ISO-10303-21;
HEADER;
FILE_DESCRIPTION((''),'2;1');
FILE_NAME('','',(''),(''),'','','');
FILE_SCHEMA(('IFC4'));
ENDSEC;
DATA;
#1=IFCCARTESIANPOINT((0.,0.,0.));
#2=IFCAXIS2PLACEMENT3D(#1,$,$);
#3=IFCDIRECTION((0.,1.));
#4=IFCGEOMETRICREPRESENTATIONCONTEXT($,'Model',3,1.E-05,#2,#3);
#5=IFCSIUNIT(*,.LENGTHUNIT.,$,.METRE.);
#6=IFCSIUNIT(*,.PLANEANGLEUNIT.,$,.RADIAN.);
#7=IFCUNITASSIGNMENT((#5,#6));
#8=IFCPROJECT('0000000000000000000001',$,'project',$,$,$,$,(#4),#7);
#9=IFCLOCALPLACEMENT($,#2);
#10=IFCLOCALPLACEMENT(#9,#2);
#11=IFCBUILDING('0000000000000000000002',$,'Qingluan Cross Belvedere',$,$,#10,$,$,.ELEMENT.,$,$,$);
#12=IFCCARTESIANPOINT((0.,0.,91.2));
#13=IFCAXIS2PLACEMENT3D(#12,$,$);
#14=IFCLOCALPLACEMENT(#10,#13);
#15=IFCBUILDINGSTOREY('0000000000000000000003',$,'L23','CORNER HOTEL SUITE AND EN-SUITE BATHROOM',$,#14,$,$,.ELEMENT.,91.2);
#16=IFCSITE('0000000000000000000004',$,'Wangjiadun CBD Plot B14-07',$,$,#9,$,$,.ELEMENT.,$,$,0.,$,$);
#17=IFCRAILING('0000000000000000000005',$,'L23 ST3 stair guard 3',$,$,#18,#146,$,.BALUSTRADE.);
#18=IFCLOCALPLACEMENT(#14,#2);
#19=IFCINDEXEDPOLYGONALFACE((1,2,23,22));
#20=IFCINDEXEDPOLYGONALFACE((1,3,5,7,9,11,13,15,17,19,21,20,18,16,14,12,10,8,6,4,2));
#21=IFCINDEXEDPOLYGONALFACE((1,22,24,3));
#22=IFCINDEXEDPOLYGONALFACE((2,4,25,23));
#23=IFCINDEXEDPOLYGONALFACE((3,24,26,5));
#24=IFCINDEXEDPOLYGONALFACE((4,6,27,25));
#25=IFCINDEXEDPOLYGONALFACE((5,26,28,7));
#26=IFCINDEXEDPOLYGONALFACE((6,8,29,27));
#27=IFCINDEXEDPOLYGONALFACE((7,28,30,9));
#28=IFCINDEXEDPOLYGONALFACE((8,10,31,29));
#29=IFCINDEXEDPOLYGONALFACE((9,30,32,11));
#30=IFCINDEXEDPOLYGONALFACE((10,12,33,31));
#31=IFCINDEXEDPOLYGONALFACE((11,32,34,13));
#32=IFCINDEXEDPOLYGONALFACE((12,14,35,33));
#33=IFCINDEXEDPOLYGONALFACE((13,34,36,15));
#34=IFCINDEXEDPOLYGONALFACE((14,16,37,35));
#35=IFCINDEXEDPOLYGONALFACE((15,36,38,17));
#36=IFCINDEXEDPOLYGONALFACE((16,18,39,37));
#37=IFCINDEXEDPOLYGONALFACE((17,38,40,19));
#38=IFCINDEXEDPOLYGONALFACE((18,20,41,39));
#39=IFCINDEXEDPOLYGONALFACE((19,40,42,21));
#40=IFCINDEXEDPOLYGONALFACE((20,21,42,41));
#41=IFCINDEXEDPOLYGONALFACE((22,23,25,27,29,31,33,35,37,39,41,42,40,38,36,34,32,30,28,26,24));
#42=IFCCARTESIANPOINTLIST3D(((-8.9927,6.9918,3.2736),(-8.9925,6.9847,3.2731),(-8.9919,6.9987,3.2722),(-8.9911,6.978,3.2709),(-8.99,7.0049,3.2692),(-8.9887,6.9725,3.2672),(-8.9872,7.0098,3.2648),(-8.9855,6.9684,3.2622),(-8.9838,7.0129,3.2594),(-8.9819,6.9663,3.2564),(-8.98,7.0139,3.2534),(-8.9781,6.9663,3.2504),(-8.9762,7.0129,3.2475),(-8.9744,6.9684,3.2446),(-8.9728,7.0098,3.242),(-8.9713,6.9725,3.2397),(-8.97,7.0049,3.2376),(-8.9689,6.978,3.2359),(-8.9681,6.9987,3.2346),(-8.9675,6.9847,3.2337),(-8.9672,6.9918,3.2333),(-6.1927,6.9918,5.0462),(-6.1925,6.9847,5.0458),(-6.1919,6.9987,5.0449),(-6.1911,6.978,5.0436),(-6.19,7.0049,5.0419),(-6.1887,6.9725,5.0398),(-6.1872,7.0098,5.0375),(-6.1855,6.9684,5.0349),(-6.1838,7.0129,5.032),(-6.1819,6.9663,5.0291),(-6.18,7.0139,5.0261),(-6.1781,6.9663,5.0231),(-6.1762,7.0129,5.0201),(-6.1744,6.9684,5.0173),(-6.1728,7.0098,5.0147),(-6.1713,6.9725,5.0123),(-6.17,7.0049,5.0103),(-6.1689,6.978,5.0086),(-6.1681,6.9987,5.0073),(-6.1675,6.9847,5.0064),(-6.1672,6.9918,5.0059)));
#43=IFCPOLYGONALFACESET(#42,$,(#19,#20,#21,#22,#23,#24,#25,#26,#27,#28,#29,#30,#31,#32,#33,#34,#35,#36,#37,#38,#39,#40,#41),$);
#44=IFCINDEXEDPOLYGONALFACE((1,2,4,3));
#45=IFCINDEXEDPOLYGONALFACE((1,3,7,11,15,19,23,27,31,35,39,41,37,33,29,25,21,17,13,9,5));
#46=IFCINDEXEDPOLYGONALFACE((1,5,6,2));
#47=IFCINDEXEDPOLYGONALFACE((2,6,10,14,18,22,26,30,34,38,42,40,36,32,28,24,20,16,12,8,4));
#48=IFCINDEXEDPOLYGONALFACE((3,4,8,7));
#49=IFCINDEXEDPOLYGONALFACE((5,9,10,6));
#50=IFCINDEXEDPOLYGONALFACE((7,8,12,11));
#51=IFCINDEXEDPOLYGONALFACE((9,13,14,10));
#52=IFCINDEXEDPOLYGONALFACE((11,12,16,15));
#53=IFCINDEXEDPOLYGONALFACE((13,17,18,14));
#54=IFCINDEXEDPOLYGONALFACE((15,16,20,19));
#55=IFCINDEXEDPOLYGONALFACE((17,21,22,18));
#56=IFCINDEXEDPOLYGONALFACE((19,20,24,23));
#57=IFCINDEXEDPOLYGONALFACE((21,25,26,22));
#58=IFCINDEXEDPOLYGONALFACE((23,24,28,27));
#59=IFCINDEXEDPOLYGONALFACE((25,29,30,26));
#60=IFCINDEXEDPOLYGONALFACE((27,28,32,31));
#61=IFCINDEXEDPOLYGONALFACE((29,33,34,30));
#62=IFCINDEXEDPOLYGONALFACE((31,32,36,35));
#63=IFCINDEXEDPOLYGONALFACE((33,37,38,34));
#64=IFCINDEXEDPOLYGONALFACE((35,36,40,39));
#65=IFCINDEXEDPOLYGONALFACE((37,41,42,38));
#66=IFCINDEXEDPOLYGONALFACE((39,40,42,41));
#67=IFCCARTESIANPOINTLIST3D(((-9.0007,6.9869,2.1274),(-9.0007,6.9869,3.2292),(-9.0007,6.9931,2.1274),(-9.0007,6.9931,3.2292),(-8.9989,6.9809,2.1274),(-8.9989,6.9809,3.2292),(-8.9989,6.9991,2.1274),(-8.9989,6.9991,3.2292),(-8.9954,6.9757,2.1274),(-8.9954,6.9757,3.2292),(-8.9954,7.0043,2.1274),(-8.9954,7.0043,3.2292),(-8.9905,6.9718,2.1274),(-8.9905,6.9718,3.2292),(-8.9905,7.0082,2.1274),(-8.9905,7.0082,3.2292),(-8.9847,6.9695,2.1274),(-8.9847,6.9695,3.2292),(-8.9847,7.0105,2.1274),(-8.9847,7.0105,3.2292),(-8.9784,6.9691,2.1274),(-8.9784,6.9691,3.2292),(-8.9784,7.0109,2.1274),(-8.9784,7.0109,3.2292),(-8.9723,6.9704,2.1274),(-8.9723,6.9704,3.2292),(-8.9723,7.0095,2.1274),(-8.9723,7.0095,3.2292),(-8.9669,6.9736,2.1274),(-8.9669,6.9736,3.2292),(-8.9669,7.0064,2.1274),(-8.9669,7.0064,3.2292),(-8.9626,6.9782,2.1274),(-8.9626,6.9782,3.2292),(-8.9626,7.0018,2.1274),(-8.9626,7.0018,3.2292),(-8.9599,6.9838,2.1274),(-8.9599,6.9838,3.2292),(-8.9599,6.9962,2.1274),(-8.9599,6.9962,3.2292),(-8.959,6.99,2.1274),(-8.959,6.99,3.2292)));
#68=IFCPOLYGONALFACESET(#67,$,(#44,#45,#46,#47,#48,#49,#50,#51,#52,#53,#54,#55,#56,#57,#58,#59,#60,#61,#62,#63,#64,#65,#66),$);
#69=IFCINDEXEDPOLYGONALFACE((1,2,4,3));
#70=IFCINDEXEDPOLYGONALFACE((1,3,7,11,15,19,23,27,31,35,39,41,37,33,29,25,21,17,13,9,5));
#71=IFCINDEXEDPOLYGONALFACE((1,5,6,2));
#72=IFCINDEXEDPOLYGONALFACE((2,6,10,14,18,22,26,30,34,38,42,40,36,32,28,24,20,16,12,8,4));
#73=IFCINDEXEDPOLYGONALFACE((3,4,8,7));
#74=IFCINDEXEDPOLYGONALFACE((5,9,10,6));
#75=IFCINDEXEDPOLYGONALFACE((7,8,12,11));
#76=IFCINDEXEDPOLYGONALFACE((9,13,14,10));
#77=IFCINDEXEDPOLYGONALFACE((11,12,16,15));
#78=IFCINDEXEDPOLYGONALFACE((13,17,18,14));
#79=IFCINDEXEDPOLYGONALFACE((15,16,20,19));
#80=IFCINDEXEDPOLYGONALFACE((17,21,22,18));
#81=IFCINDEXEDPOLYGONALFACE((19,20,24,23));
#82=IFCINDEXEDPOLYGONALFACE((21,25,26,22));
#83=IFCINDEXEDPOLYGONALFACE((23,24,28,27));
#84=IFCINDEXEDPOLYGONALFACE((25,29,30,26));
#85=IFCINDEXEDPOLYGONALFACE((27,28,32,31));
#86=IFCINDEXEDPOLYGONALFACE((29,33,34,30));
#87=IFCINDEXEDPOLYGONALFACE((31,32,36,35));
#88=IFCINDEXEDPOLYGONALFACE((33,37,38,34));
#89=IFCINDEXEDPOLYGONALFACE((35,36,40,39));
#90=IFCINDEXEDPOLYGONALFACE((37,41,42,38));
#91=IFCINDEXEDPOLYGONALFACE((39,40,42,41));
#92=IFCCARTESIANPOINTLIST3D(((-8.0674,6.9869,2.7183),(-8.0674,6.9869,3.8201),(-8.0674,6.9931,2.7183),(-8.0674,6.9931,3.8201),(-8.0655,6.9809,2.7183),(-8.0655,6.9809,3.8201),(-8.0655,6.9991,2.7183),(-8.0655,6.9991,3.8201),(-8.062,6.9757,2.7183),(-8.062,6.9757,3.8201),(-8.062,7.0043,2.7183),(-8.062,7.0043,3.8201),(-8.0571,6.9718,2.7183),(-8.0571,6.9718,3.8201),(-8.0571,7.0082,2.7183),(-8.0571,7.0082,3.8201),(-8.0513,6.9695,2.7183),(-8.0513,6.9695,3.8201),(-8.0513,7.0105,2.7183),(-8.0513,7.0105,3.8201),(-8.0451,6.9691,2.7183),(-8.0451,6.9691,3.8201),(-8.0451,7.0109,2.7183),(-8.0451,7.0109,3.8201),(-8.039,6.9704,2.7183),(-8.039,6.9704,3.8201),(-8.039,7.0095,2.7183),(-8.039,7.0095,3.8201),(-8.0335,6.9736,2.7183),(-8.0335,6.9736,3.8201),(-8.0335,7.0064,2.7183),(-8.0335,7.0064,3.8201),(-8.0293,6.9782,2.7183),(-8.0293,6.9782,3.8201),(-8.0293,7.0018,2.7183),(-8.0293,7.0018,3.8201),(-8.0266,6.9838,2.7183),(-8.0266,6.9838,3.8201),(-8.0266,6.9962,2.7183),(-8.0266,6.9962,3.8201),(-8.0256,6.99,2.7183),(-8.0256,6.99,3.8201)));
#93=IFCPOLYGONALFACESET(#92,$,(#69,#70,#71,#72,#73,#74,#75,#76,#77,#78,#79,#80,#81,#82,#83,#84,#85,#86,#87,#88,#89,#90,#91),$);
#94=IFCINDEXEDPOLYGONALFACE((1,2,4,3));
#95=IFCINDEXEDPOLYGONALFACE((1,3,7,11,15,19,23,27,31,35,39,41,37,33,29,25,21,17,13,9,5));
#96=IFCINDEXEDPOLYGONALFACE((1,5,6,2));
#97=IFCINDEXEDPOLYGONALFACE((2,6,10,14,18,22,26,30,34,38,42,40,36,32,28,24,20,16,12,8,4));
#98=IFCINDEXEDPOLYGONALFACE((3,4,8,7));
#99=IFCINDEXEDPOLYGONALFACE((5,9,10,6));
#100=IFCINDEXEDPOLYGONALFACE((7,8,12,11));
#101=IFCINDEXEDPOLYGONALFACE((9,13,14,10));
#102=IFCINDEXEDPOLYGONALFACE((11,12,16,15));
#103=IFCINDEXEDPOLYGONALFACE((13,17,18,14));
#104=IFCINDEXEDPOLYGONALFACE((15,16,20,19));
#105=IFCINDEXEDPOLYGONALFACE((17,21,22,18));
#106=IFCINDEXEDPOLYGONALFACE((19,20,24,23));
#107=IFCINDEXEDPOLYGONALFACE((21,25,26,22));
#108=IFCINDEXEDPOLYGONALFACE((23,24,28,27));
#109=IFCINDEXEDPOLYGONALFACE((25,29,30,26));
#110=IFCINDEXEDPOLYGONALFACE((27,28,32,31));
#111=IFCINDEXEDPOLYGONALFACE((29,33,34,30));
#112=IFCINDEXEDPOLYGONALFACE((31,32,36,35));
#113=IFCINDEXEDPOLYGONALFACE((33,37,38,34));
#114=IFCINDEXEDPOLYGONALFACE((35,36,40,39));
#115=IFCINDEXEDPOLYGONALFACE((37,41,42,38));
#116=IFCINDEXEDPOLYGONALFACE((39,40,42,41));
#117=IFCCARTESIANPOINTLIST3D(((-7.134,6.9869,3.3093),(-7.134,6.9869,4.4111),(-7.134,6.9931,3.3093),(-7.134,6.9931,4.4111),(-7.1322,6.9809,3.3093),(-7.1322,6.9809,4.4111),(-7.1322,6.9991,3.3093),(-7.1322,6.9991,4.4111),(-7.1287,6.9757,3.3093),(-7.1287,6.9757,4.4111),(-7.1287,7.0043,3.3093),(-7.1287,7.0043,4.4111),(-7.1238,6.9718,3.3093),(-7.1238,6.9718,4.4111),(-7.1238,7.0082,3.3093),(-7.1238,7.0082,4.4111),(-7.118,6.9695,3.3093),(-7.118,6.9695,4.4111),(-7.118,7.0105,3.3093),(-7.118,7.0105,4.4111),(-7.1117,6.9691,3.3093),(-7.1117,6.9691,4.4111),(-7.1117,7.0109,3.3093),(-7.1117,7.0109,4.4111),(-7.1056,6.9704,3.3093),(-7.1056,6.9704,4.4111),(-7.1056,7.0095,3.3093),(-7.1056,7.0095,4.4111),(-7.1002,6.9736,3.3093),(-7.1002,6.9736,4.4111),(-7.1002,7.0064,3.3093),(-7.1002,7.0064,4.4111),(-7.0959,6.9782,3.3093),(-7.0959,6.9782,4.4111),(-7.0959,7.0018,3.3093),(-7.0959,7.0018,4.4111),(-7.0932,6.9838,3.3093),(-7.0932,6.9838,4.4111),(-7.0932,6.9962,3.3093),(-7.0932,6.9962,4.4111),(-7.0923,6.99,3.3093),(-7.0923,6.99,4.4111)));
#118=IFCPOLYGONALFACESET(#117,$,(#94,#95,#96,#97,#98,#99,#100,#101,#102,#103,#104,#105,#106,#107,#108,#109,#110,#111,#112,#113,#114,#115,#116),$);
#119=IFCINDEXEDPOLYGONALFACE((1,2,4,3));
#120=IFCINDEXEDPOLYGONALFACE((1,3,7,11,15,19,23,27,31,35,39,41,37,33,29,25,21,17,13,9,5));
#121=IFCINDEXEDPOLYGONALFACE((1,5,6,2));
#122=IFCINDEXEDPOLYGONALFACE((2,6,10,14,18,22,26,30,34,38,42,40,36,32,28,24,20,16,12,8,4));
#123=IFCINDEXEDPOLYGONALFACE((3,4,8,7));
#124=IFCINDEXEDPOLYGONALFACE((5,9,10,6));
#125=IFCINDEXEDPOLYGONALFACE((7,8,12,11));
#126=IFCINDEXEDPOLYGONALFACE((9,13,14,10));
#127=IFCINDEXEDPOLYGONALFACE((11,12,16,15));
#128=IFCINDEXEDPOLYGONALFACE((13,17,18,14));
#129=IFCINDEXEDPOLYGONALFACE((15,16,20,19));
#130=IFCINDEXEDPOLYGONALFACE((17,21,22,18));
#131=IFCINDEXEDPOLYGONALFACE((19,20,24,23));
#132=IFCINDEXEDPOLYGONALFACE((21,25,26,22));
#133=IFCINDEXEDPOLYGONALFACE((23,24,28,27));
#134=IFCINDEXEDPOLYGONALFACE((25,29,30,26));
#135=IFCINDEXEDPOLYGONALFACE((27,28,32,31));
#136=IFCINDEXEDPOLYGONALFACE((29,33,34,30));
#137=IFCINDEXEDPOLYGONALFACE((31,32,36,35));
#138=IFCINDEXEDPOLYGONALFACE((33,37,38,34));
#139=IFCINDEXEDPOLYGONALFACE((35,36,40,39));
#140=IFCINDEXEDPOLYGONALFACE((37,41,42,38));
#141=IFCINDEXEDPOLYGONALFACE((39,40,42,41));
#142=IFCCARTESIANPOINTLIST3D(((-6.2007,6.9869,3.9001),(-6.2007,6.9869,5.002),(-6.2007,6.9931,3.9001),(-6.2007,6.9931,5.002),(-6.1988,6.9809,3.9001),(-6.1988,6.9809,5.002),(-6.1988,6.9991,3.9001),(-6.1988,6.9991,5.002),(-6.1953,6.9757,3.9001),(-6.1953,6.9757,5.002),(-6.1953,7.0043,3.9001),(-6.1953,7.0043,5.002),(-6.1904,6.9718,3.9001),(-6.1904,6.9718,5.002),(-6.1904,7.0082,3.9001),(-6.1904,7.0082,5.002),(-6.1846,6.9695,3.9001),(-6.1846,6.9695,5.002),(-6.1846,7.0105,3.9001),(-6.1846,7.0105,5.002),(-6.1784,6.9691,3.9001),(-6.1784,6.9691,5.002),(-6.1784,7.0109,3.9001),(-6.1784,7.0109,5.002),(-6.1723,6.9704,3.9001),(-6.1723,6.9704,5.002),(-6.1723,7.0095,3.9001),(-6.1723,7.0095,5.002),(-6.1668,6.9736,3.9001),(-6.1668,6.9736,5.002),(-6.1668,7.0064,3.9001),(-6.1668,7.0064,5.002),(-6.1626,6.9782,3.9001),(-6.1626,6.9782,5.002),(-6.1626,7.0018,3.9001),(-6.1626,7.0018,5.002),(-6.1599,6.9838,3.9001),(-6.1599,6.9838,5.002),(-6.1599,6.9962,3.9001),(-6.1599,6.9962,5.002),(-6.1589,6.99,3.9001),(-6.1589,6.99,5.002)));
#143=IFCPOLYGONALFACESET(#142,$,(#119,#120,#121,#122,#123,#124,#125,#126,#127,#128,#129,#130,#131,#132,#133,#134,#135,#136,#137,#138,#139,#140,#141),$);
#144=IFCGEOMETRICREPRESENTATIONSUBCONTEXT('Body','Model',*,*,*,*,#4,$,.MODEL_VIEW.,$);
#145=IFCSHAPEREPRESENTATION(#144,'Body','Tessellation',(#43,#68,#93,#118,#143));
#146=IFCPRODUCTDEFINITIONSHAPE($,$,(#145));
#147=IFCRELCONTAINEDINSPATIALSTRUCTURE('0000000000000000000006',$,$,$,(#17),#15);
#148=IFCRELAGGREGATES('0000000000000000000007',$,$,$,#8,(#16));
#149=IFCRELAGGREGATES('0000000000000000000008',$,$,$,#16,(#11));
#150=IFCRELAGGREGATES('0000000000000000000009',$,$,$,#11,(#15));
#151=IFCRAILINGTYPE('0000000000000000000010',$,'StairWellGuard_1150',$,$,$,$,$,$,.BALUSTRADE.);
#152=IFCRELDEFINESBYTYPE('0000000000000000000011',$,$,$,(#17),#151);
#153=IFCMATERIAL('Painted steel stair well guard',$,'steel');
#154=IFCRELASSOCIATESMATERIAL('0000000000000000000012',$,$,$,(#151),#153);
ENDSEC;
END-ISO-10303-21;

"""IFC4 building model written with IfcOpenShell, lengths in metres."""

from ifc_helpers import new_model, si_unit, direction, frame, origin, origin_2d, place, context, subcontext, project, spatial, circle, extrude, material, type_object, element, save


model = new_model("IFC4")

# Units and contexts
model_context = context("Model", 3, precision=1e-05, world=origin(), true_north=direction((0.0, 1.0)))
body_context = subcontext(model_context, "Body", "Model", "MODEL_VIEW")
ifc_project = project(units=[si_unit("LENGTHUNIT", "METRE"), si_unit("PLANEANGLEUNIT", "RADIAN")], contexts=[model_context])

# Site, building, storey
site_placement = place(None, origin())
site = spatial("IfcSite", under=ifc_project, at=site_placement, Name="Wangjiadun CBD Plot B14-07", CompositionType="ELEMENT", RefElevation=0.0)
building_placement = place(site_placement, origin())
building = spatial("IfcBuilding", under=site, at=building_placement, Name="Qingluan Cross Belvedere", CompositionType="ELEMENT")
storey_placement = place(building_placement, frame((0.0, 0.0, 91.2)))
storey = spatial("IfcBuildingStorey", under=building, at=storey_placement, Name="L23", Description="CORNER HOTEL SUITE AND EN-SUITE BATHROOM", CompositionType="ELEMENT", Elevation=91.2)

# Railing
ifc_material_1 = material(Name="Painted steel stair well guard", Category="steel")
railing_type_1 = type_object("IfcRailingType", Name="StairWellGuard_1150", PredefinedType="BALUSTRADE", material=ifc_material_1)
railing_1_placement = place(storey_placement, frame((-8.98, 6.99, 2.1274)))
element("IfcRailing", 1, at=railing_1_placement, inside=storey, type_object=railing_type_1, Name="L23 ST3 stair guard 3", PredefinedType="BALUSTRADE", context=body_context, shape_type="SweptSolid", body=[
    extrude(circle(Radius=0.0239, at=origin_2d()), frame((0.0, 0.0, 1.126), z_axis=(0.844909, 0.0, 0.53491), x_axis=(0.0, 1.0, 0.0)), (0.0, 0.0, 1.0), 3.314),
    extrude(circle(Radius=0.021, at=origin_2d()), origin(), (0.0, 0.0, 1.0), 1.1018),
    extrude(circle(Radius=0.021, at=origin_2d()), frame((0.9333, 0.0, 0.5908)), (0.0, 0.0, 1.0), 1.1018),
    extrude(circle(Radius=0.021, at=origin_2d()), frame((1.8667, 0.0, 1.1819)), (0.0, 0.0, 1.0), 1.1018),
    extrude(circle(Radius=0.021, at=origin_2d()), frame((2.8, 0.0, 1.7727)), (0.0, 0.0, 1.0), 1.1018),
])

save(model, "model.ifc")
